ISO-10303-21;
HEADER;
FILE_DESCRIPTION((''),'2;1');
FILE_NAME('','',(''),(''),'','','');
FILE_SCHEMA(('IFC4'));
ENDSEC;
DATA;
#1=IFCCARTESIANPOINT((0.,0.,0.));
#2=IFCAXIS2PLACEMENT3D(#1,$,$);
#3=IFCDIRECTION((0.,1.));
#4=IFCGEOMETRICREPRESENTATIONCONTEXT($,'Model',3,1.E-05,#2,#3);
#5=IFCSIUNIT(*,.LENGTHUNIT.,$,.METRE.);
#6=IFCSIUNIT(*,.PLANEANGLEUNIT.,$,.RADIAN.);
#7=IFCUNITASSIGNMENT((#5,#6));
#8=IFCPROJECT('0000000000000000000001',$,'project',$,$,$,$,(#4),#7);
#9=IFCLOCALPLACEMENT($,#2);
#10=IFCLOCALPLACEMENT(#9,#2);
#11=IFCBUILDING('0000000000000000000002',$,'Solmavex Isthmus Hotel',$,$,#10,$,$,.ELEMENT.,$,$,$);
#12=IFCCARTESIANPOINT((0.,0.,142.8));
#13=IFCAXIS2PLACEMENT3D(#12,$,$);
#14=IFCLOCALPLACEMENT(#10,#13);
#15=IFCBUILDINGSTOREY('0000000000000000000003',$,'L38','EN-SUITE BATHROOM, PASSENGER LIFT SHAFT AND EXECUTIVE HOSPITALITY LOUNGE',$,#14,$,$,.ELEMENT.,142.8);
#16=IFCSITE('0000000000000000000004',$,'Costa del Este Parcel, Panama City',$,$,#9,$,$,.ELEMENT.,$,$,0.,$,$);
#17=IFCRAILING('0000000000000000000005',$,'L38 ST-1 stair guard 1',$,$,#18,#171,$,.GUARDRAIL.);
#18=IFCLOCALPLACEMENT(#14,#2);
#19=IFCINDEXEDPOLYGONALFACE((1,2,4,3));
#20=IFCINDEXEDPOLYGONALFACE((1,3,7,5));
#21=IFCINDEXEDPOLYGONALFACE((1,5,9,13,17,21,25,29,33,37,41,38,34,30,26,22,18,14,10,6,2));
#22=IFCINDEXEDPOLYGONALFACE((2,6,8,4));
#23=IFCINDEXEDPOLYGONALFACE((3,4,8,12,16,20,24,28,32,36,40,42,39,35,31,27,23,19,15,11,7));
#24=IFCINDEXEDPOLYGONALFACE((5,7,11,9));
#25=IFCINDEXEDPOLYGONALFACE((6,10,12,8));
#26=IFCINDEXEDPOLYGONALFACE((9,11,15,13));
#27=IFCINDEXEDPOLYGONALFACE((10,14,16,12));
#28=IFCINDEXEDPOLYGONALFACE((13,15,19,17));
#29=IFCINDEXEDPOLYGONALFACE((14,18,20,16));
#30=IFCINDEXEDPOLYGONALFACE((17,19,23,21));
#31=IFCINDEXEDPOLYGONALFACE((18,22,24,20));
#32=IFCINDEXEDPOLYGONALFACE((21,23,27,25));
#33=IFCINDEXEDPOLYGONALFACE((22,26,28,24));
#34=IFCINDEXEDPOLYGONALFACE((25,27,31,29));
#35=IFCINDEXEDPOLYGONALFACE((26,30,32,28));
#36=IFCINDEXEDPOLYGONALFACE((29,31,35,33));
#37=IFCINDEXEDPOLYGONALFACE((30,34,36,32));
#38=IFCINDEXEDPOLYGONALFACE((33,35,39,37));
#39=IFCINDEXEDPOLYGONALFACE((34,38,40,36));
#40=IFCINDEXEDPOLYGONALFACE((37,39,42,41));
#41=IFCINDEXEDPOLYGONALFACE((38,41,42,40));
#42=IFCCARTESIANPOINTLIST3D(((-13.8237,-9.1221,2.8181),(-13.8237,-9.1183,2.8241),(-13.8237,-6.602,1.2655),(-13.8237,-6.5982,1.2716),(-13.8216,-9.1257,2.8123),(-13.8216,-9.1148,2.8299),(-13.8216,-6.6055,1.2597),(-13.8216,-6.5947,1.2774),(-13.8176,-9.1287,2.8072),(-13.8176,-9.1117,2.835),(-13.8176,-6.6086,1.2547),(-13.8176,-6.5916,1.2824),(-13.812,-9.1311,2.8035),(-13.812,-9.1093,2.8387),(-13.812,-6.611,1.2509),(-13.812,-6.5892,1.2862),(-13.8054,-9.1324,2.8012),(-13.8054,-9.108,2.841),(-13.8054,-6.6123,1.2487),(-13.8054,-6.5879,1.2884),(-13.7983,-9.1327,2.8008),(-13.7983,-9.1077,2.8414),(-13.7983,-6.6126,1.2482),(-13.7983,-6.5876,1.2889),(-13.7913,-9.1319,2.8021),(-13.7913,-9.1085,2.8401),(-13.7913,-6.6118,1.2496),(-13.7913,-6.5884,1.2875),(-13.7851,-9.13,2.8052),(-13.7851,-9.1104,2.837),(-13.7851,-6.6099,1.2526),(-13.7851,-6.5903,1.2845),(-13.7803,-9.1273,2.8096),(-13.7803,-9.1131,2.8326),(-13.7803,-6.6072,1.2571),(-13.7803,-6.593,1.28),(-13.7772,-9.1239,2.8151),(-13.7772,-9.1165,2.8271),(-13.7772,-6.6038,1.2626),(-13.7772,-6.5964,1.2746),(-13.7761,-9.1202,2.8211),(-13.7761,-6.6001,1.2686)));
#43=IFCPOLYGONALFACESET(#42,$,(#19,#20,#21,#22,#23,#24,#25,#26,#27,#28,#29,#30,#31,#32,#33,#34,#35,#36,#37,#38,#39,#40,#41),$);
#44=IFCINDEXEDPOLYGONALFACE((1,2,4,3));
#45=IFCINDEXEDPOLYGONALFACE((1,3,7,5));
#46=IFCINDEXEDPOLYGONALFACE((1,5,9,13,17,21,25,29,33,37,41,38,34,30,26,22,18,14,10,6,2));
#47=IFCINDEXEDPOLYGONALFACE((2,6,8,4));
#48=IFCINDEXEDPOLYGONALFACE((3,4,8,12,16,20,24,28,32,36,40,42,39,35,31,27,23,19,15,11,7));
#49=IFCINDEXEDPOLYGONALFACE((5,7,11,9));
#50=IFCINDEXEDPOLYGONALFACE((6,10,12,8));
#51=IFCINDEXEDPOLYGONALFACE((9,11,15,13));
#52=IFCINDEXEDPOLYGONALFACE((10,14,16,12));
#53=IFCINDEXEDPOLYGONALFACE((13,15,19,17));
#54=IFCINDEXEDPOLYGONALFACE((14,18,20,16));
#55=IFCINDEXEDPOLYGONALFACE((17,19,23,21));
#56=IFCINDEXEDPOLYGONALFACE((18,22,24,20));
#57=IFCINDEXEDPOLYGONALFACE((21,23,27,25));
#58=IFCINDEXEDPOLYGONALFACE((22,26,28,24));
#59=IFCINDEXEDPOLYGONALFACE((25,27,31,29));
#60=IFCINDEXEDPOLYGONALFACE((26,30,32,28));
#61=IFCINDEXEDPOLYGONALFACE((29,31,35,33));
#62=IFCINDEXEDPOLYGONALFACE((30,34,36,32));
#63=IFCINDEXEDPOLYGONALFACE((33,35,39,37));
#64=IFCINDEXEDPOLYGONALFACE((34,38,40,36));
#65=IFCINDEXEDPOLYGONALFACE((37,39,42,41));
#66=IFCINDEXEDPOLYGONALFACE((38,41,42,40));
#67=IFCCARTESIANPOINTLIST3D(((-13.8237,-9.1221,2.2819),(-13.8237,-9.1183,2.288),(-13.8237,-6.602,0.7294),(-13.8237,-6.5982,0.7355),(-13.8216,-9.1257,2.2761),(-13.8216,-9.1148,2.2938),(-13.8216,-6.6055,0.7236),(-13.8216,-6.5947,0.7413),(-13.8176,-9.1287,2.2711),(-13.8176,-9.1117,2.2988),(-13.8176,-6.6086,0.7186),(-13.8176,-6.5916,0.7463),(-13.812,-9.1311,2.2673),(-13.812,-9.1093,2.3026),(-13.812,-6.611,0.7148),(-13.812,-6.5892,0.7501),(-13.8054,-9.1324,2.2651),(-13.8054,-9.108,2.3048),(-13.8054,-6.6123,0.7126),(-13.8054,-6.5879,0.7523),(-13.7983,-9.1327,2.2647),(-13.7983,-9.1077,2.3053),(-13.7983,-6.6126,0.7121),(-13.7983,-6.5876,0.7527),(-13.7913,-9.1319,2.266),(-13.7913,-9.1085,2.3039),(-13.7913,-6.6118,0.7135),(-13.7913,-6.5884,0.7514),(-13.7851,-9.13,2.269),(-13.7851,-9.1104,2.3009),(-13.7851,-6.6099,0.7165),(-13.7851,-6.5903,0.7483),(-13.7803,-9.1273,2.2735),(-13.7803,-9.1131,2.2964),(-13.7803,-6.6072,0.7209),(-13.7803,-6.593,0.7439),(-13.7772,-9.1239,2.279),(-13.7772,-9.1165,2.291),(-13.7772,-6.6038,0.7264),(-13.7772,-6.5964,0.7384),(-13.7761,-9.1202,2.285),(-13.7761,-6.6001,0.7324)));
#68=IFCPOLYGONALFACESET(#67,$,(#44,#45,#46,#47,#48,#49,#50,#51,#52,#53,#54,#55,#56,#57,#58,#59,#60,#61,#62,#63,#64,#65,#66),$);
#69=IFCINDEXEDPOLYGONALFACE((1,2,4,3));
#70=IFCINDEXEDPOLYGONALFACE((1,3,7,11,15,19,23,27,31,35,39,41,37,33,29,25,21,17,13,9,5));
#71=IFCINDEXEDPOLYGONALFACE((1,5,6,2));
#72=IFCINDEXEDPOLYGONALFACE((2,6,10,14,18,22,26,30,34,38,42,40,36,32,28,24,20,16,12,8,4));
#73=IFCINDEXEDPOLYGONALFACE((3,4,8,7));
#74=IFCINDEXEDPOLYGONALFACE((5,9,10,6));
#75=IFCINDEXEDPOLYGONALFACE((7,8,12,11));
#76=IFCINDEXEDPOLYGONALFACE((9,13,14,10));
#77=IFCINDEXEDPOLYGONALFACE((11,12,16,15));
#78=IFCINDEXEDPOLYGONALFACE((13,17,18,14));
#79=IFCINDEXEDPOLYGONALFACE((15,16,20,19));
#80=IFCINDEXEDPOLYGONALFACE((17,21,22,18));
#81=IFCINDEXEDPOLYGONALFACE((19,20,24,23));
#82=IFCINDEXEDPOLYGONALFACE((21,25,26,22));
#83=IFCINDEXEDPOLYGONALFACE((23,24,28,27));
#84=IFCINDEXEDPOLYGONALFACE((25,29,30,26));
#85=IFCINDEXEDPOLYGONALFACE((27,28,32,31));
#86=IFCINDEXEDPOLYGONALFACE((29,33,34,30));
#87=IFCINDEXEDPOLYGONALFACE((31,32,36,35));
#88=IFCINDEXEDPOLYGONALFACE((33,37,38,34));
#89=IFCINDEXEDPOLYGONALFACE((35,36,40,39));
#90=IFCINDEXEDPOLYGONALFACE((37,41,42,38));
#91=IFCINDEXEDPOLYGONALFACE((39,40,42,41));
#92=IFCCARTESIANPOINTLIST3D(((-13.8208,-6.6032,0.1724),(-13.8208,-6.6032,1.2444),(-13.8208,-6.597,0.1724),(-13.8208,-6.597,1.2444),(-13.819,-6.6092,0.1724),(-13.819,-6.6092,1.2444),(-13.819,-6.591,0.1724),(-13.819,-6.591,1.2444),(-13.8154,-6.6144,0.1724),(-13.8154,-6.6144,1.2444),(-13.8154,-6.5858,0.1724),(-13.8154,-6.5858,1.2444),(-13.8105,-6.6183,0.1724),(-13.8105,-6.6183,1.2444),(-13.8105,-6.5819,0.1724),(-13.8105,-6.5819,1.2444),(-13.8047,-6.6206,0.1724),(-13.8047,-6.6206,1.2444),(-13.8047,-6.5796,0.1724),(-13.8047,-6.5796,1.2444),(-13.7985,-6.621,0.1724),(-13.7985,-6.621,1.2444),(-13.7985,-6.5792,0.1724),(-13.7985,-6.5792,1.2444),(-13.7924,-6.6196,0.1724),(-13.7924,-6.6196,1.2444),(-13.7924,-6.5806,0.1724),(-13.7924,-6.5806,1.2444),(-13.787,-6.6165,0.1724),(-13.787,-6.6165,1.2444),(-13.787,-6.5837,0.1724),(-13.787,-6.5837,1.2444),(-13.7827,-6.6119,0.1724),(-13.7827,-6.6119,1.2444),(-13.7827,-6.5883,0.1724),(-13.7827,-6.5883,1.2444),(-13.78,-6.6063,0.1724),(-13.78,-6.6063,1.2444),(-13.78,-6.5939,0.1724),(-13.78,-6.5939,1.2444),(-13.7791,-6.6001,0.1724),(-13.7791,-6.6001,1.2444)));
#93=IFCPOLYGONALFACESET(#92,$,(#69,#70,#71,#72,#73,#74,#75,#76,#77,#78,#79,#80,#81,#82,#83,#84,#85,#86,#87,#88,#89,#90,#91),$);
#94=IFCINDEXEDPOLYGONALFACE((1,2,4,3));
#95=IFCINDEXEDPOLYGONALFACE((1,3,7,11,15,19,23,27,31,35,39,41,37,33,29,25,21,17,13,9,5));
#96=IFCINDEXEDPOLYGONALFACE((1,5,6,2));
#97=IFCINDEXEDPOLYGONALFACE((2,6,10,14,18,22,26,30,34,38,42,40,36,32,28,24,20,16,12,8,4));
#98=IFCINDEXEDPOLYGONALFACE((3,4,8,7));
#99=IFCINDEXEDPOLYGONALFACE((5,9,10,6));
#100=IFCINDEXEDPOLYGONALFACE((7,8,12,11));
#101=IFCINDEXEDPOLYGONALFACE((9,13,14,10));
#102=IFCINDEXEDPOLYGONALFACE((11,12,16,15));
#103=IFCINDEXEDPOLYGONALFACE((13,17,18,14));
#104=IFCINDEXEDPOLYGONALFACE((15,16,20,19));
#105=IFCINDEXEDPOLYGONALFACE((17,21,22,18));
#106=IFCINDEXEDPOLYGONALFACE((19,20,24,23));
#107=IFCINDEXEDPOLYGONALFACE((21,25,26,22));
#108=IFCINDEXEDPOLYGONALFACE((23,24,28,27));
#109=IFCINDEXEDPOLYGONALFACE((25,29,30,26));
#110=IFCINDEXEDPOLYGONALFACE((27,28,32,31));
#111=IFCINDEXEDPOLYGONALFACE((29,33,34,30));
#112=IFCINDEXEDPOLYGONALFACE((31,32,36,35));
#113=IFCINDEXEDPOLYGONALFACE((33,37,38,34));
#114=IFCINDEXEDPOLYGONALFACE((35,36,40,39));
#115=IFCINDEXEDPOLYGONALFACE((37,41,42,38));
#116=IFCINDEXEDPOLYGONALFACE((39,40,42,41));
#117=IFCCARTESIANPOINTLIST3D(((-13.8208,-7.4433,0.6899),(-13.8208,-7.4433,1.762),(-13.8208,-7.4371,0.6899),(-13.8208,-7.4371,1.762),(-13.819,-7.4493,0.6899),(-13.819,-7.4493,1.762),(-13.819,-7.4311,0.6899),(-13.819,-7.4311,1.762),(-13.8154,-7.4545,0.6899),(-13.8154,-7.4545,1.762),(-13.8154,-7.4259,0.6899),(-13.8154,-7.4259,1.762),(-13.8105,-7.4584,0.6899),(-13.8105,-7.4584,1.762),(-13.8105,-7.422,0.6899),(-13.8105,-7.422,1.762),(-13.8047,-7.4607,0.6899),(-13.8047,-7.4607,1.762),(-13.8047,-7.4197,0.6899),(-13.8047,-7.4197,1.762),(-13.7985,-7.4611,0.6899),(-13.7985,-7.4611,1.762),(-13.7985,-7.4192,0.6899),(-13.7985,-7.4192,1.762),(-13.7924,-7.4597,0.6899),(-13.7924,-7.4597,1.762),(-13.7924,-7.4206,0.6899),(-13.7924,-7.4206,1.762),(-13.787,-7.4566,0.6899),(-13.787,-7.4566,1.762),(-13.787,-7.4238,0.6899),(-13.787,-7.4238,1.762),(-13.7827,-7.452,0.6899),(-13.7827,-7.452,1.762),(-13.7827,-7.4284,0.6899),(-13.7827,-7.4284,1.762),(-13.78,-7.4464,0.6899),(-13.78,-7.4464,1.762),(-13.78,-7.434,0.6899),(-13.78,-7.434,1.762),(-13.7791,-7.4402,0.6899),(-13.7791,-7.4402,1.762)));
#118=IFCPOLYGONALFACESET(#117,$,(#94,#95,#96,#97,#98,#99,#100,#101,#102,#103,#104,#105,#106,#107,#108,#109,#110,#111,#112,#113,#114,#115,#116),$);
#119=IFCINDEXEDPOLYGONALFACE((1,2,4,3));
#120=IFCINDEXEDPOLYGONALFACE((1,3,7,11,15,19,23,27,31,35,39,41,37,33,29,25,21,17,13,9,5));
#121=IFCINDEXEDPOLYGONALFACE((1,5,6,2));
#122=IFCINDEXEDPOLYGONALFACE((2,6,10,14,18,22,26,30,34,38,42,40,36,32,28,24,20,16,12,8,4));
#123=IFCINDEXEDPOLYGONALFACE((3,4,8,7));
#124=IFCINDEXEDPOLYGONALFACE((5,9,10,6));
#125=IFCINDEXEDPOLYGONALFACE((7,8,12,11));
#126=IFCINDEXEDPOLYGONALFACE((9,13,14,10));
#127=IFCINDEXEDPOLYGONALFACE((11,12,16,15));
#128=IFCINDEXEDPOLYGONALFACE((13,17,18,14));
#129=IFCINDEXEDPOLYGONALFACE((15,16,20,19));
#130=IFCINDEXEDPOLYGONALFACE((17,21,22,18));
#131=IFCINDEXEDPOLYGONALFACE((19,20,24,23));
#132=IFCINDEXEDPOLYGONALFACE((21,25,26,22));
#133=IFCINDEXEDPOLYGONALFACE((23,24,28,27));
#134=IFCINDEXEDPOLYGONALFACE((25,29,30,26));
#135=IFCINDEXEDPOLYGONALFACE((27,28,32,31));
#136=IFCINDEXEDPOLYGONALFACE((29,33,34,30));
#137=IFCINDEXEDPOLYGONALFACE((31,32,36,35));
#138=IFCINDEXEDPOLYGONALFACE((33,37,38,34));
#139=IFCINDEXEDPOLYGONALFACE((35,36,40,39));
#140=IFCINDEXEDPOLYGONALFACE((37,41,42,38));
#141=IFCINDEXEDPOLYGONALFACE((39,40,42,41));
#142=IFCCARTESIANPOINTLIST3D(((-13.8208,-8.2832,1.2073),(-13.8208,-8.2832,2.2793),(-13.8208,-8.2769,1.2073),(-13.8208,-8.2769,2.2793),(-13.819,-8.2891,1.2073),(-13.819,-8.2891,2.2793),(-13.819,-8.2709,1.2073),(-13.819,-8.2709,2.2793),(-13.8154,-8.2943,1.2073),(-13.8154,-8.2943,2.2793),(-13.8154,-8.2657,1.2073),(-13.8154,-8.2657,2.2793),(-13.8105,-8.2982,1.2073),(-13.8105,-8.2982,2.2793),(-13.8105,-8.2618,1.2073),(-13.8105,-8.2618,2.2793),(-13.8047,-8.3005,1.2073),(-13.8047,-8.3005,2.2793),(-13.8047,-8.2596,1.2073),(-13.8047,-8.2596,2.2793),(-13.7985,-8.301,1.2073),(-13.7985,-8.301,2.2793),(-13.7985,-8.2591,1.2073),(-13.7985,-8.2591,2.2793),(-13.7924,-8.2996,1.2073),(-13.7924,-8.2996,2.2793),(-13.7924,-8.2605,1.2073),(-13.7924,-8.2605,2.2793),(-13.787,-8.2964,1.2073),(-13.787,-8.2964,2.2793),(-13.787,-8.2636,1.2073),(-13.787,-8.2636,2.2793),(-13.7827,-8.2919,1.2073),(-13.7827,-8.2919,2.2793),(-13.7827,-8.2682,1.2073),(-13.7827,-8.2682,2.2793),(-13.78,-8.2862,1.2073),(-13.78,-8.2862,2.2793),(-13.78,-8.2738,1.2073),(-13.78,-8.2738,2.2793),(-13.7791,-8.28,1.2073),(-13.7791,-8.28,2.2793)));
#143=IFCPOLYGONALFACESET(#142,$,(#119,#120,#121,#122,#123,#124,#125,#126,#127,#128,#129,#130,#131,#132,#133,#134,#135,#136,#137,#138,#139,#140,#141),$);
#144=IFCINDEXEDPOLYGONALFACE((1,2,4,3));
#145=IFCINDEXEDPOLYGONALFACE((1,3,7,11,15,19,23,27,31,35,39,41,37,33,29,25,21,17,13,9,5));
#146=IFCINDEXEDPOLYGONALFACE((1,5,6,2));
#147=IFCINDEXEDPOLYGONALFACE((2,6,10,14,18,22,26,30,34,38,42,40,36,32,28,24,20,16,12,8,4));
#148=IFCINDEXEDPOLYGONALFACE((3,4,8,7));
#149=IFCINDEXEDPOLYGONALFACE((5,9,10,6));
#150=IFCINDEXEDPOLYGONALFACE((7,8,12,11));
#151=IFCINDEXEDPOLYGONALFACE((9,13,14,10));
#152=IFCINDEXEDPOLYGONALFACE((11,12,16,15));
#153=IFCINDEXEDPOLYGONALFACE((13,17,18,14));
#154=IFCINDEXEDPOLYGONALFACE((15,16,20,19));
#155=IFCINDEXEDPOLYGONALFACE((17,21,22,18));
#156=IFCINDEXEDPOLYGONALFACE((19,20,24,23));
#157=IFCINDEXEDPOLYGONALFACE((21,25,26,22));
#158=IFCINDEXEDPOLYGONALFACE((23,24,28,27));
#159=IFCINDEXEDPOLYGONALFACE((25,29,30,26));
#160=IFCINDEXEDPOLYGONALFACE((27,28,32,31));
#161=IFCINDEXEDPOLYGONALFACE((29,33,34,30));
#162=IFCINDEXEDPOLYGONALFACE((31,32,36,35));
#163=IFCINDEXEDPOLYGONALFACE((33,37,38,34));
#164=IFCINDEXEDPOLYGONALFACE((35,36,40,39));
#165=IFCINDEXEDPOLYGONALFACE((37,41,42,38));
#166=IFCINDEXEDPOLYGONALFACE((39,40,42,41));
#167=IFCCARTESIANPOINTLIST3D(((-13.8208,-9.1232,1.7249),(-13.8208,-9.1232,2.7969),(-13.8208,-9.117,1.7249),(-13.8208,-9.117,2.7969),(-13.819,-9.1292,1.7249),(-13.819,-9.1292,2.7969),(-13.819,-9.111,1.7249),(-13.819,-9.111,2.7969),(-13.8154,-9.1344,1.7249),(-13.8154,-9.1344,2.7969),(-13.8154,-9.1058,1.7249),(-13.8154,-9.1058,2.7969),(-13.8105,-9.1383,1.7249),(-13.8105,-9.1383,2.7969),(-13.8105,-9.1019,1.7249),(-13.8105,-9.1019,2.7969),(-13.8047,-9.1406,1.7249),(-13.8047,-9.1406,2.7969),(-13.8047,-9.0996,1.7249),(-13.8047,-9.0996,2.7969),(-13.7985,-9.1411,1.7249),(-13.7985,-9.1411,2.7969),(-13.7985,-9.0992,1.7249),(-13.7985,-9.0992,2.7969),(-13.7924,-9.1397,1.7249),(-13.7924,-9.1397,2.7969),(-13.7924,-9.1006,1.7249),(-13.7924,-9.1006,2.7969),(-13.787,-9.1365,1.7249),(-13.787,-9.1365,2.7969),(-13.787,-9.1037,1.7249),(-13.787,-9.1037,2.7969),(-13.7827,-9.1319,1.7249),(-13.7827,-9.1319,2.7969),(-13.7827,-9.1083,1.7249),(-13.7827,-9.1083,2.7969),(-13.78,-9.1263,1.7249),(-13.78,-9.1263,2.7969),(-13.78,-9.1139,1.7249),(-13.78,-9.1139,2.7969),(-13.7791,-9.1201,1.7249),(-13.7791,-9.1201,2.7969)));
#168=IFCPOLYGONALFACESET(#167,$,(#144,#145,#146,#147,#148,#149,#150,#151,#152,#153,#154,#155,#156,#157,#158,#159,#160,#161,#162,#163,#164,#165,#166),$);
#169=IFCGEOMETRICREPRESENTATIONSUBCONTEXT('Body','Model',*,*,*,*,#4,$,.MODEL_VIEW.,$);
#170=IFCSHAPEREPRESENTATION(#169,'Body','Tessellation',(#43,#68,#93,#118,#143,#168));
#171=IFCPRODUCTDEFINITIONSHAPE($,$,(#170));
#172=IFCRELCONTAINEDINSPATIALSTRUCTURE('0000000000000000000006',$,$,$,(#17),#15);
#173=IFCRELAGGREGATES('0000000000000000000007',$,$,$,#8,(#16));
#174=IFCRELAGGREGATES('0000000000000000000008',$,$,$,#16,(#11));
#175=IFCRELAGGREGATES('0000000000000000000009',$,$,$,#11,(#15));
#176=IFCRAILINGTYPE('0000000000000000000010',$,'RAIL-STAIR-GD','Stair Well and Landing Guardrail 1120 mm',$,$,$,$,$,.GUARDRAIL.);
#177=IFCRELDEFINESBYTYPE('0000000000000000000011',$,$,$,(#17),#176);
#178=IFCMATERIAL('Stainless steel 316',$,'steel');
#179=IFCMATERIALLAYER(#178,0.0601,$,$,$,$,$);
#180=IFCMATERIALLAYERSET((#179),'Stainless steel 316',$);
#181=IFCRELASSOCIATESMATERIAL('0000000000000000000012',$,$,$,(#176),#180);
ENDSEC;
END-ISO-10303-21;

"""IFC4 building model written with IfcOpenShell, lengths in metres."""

from ifc_helpers import new_model, si_unit, direction, frame, origin, origin_2d, place, context, subcontext, project, spatial, circle, extrude, material, layer, layer_set, type_object, element, save


model = new_model("IFC4")

# Units and contexts
model_context = context("Model", 3, precision=1e-05, world=origin(), true_north=direction((0.0, 1.0)))
body_context = subcontext(model_context, "Body", "Model", "MODEL_VIEW")
ifc_project = project(units=[si_unit("LENGTHUNIT", "METRE"), si_unit("PLANEANGLEUNIT", "RADIAN")], contexts=[model_context])

# Site, building, storey
site_placement = place(None, origin())
site = spatial("IfcSite", under=ifc_project, at=site_placement, Name="Costa del Este Parcel, Panama City", CompositionType="ELEMENT", RefElevation=0.0)
building_placement = place(site_placement, origin())
building = spatial("IfcBuilding", under=site, at=building_placement, Name="Solmavex Isthmus Hotel", CompositionType="ELEMENT")
storey_placement = place(building_placement, frame((0.0, 0.0, 142.8)))
storey = spatial("IfcBuildingStorey", under=building, at=storey_placement, Name="L38", Description="EN-SUITE BATHROOM, PASSENGER LIFT SHAFT AND EXECUTIVE HOSPITALITY LOUNGE", CompositionType="ELEMENT", Elevation=142.8)

# Railing
ifc_material_1 = material(Name="Stainless steel 316", Category="steel")
ifc_layer_1 = layer(ifc_material_1, 0.0601)
ifc_layer_set_1 = layer_set([ifc_layer_1], Name="Stainless steel 316")
railing_type_1 = type_object("IfcRailingType", Name="RAIL-STAIR-GD", Description="Stair Well and Landing Guardrail 1120 mm", PredefinedType="GUARDRAIL", material=ifc_layer_set_1)
railing_1_placement = place(storey_placement, frame((-13.8, -6.6001, 0.1724)))
element("IfcRailing", 1, at=railing_1_placement, inside=storey, type_object=railing_type_1, Name="L38 ST-1 stair guard 1", PredefinedType="GUARDRAIL", context=body_context, shape_type="SweptSolid", body=[
    extrude(circle(Radius=0.0239, at=origin_2d()), frame((0.0, 0.0, 1.0962), z_axis=(0.0, -0.8514, 0.524516), x_axis=(1.0, 0.0, 0.0)), (0.0, 0.0, 1.0), 2.96),
    extrude(circle(Radius=0.0239, at=origin_2d()), frame((0.0, 0.0, 0.5601), z_axis=(0.0, -0.8514, 0.524516), x_axis=(1.0, 0.0, 0.0)), (0.0, 0.0, 1.0), 2.96),
    extrude(circle(Radius=0.021, at=origin_2d()), origin(), (0.0, 0.0, 1.0), 1.072),
    extrude(circle(Radius=0.021, at=origin_2d()), frame((0.0, -0.8401, 0.5176)), (0.0, 0.0, 1.0), 1.072),
    extrude(circle(Radius=0.021, at=origin_2d()), frame((0.0, -1.6799, 1.0349)), (0.0, 0.0, 1.0), 1.072),
    extrude(circle(Radius=0.021, at=origin_2d()), frame((0.0, -2.52, 1.5525)), (0.0, 0.0, 1.0), 1.072),
])

save(model, "model.ifc")
